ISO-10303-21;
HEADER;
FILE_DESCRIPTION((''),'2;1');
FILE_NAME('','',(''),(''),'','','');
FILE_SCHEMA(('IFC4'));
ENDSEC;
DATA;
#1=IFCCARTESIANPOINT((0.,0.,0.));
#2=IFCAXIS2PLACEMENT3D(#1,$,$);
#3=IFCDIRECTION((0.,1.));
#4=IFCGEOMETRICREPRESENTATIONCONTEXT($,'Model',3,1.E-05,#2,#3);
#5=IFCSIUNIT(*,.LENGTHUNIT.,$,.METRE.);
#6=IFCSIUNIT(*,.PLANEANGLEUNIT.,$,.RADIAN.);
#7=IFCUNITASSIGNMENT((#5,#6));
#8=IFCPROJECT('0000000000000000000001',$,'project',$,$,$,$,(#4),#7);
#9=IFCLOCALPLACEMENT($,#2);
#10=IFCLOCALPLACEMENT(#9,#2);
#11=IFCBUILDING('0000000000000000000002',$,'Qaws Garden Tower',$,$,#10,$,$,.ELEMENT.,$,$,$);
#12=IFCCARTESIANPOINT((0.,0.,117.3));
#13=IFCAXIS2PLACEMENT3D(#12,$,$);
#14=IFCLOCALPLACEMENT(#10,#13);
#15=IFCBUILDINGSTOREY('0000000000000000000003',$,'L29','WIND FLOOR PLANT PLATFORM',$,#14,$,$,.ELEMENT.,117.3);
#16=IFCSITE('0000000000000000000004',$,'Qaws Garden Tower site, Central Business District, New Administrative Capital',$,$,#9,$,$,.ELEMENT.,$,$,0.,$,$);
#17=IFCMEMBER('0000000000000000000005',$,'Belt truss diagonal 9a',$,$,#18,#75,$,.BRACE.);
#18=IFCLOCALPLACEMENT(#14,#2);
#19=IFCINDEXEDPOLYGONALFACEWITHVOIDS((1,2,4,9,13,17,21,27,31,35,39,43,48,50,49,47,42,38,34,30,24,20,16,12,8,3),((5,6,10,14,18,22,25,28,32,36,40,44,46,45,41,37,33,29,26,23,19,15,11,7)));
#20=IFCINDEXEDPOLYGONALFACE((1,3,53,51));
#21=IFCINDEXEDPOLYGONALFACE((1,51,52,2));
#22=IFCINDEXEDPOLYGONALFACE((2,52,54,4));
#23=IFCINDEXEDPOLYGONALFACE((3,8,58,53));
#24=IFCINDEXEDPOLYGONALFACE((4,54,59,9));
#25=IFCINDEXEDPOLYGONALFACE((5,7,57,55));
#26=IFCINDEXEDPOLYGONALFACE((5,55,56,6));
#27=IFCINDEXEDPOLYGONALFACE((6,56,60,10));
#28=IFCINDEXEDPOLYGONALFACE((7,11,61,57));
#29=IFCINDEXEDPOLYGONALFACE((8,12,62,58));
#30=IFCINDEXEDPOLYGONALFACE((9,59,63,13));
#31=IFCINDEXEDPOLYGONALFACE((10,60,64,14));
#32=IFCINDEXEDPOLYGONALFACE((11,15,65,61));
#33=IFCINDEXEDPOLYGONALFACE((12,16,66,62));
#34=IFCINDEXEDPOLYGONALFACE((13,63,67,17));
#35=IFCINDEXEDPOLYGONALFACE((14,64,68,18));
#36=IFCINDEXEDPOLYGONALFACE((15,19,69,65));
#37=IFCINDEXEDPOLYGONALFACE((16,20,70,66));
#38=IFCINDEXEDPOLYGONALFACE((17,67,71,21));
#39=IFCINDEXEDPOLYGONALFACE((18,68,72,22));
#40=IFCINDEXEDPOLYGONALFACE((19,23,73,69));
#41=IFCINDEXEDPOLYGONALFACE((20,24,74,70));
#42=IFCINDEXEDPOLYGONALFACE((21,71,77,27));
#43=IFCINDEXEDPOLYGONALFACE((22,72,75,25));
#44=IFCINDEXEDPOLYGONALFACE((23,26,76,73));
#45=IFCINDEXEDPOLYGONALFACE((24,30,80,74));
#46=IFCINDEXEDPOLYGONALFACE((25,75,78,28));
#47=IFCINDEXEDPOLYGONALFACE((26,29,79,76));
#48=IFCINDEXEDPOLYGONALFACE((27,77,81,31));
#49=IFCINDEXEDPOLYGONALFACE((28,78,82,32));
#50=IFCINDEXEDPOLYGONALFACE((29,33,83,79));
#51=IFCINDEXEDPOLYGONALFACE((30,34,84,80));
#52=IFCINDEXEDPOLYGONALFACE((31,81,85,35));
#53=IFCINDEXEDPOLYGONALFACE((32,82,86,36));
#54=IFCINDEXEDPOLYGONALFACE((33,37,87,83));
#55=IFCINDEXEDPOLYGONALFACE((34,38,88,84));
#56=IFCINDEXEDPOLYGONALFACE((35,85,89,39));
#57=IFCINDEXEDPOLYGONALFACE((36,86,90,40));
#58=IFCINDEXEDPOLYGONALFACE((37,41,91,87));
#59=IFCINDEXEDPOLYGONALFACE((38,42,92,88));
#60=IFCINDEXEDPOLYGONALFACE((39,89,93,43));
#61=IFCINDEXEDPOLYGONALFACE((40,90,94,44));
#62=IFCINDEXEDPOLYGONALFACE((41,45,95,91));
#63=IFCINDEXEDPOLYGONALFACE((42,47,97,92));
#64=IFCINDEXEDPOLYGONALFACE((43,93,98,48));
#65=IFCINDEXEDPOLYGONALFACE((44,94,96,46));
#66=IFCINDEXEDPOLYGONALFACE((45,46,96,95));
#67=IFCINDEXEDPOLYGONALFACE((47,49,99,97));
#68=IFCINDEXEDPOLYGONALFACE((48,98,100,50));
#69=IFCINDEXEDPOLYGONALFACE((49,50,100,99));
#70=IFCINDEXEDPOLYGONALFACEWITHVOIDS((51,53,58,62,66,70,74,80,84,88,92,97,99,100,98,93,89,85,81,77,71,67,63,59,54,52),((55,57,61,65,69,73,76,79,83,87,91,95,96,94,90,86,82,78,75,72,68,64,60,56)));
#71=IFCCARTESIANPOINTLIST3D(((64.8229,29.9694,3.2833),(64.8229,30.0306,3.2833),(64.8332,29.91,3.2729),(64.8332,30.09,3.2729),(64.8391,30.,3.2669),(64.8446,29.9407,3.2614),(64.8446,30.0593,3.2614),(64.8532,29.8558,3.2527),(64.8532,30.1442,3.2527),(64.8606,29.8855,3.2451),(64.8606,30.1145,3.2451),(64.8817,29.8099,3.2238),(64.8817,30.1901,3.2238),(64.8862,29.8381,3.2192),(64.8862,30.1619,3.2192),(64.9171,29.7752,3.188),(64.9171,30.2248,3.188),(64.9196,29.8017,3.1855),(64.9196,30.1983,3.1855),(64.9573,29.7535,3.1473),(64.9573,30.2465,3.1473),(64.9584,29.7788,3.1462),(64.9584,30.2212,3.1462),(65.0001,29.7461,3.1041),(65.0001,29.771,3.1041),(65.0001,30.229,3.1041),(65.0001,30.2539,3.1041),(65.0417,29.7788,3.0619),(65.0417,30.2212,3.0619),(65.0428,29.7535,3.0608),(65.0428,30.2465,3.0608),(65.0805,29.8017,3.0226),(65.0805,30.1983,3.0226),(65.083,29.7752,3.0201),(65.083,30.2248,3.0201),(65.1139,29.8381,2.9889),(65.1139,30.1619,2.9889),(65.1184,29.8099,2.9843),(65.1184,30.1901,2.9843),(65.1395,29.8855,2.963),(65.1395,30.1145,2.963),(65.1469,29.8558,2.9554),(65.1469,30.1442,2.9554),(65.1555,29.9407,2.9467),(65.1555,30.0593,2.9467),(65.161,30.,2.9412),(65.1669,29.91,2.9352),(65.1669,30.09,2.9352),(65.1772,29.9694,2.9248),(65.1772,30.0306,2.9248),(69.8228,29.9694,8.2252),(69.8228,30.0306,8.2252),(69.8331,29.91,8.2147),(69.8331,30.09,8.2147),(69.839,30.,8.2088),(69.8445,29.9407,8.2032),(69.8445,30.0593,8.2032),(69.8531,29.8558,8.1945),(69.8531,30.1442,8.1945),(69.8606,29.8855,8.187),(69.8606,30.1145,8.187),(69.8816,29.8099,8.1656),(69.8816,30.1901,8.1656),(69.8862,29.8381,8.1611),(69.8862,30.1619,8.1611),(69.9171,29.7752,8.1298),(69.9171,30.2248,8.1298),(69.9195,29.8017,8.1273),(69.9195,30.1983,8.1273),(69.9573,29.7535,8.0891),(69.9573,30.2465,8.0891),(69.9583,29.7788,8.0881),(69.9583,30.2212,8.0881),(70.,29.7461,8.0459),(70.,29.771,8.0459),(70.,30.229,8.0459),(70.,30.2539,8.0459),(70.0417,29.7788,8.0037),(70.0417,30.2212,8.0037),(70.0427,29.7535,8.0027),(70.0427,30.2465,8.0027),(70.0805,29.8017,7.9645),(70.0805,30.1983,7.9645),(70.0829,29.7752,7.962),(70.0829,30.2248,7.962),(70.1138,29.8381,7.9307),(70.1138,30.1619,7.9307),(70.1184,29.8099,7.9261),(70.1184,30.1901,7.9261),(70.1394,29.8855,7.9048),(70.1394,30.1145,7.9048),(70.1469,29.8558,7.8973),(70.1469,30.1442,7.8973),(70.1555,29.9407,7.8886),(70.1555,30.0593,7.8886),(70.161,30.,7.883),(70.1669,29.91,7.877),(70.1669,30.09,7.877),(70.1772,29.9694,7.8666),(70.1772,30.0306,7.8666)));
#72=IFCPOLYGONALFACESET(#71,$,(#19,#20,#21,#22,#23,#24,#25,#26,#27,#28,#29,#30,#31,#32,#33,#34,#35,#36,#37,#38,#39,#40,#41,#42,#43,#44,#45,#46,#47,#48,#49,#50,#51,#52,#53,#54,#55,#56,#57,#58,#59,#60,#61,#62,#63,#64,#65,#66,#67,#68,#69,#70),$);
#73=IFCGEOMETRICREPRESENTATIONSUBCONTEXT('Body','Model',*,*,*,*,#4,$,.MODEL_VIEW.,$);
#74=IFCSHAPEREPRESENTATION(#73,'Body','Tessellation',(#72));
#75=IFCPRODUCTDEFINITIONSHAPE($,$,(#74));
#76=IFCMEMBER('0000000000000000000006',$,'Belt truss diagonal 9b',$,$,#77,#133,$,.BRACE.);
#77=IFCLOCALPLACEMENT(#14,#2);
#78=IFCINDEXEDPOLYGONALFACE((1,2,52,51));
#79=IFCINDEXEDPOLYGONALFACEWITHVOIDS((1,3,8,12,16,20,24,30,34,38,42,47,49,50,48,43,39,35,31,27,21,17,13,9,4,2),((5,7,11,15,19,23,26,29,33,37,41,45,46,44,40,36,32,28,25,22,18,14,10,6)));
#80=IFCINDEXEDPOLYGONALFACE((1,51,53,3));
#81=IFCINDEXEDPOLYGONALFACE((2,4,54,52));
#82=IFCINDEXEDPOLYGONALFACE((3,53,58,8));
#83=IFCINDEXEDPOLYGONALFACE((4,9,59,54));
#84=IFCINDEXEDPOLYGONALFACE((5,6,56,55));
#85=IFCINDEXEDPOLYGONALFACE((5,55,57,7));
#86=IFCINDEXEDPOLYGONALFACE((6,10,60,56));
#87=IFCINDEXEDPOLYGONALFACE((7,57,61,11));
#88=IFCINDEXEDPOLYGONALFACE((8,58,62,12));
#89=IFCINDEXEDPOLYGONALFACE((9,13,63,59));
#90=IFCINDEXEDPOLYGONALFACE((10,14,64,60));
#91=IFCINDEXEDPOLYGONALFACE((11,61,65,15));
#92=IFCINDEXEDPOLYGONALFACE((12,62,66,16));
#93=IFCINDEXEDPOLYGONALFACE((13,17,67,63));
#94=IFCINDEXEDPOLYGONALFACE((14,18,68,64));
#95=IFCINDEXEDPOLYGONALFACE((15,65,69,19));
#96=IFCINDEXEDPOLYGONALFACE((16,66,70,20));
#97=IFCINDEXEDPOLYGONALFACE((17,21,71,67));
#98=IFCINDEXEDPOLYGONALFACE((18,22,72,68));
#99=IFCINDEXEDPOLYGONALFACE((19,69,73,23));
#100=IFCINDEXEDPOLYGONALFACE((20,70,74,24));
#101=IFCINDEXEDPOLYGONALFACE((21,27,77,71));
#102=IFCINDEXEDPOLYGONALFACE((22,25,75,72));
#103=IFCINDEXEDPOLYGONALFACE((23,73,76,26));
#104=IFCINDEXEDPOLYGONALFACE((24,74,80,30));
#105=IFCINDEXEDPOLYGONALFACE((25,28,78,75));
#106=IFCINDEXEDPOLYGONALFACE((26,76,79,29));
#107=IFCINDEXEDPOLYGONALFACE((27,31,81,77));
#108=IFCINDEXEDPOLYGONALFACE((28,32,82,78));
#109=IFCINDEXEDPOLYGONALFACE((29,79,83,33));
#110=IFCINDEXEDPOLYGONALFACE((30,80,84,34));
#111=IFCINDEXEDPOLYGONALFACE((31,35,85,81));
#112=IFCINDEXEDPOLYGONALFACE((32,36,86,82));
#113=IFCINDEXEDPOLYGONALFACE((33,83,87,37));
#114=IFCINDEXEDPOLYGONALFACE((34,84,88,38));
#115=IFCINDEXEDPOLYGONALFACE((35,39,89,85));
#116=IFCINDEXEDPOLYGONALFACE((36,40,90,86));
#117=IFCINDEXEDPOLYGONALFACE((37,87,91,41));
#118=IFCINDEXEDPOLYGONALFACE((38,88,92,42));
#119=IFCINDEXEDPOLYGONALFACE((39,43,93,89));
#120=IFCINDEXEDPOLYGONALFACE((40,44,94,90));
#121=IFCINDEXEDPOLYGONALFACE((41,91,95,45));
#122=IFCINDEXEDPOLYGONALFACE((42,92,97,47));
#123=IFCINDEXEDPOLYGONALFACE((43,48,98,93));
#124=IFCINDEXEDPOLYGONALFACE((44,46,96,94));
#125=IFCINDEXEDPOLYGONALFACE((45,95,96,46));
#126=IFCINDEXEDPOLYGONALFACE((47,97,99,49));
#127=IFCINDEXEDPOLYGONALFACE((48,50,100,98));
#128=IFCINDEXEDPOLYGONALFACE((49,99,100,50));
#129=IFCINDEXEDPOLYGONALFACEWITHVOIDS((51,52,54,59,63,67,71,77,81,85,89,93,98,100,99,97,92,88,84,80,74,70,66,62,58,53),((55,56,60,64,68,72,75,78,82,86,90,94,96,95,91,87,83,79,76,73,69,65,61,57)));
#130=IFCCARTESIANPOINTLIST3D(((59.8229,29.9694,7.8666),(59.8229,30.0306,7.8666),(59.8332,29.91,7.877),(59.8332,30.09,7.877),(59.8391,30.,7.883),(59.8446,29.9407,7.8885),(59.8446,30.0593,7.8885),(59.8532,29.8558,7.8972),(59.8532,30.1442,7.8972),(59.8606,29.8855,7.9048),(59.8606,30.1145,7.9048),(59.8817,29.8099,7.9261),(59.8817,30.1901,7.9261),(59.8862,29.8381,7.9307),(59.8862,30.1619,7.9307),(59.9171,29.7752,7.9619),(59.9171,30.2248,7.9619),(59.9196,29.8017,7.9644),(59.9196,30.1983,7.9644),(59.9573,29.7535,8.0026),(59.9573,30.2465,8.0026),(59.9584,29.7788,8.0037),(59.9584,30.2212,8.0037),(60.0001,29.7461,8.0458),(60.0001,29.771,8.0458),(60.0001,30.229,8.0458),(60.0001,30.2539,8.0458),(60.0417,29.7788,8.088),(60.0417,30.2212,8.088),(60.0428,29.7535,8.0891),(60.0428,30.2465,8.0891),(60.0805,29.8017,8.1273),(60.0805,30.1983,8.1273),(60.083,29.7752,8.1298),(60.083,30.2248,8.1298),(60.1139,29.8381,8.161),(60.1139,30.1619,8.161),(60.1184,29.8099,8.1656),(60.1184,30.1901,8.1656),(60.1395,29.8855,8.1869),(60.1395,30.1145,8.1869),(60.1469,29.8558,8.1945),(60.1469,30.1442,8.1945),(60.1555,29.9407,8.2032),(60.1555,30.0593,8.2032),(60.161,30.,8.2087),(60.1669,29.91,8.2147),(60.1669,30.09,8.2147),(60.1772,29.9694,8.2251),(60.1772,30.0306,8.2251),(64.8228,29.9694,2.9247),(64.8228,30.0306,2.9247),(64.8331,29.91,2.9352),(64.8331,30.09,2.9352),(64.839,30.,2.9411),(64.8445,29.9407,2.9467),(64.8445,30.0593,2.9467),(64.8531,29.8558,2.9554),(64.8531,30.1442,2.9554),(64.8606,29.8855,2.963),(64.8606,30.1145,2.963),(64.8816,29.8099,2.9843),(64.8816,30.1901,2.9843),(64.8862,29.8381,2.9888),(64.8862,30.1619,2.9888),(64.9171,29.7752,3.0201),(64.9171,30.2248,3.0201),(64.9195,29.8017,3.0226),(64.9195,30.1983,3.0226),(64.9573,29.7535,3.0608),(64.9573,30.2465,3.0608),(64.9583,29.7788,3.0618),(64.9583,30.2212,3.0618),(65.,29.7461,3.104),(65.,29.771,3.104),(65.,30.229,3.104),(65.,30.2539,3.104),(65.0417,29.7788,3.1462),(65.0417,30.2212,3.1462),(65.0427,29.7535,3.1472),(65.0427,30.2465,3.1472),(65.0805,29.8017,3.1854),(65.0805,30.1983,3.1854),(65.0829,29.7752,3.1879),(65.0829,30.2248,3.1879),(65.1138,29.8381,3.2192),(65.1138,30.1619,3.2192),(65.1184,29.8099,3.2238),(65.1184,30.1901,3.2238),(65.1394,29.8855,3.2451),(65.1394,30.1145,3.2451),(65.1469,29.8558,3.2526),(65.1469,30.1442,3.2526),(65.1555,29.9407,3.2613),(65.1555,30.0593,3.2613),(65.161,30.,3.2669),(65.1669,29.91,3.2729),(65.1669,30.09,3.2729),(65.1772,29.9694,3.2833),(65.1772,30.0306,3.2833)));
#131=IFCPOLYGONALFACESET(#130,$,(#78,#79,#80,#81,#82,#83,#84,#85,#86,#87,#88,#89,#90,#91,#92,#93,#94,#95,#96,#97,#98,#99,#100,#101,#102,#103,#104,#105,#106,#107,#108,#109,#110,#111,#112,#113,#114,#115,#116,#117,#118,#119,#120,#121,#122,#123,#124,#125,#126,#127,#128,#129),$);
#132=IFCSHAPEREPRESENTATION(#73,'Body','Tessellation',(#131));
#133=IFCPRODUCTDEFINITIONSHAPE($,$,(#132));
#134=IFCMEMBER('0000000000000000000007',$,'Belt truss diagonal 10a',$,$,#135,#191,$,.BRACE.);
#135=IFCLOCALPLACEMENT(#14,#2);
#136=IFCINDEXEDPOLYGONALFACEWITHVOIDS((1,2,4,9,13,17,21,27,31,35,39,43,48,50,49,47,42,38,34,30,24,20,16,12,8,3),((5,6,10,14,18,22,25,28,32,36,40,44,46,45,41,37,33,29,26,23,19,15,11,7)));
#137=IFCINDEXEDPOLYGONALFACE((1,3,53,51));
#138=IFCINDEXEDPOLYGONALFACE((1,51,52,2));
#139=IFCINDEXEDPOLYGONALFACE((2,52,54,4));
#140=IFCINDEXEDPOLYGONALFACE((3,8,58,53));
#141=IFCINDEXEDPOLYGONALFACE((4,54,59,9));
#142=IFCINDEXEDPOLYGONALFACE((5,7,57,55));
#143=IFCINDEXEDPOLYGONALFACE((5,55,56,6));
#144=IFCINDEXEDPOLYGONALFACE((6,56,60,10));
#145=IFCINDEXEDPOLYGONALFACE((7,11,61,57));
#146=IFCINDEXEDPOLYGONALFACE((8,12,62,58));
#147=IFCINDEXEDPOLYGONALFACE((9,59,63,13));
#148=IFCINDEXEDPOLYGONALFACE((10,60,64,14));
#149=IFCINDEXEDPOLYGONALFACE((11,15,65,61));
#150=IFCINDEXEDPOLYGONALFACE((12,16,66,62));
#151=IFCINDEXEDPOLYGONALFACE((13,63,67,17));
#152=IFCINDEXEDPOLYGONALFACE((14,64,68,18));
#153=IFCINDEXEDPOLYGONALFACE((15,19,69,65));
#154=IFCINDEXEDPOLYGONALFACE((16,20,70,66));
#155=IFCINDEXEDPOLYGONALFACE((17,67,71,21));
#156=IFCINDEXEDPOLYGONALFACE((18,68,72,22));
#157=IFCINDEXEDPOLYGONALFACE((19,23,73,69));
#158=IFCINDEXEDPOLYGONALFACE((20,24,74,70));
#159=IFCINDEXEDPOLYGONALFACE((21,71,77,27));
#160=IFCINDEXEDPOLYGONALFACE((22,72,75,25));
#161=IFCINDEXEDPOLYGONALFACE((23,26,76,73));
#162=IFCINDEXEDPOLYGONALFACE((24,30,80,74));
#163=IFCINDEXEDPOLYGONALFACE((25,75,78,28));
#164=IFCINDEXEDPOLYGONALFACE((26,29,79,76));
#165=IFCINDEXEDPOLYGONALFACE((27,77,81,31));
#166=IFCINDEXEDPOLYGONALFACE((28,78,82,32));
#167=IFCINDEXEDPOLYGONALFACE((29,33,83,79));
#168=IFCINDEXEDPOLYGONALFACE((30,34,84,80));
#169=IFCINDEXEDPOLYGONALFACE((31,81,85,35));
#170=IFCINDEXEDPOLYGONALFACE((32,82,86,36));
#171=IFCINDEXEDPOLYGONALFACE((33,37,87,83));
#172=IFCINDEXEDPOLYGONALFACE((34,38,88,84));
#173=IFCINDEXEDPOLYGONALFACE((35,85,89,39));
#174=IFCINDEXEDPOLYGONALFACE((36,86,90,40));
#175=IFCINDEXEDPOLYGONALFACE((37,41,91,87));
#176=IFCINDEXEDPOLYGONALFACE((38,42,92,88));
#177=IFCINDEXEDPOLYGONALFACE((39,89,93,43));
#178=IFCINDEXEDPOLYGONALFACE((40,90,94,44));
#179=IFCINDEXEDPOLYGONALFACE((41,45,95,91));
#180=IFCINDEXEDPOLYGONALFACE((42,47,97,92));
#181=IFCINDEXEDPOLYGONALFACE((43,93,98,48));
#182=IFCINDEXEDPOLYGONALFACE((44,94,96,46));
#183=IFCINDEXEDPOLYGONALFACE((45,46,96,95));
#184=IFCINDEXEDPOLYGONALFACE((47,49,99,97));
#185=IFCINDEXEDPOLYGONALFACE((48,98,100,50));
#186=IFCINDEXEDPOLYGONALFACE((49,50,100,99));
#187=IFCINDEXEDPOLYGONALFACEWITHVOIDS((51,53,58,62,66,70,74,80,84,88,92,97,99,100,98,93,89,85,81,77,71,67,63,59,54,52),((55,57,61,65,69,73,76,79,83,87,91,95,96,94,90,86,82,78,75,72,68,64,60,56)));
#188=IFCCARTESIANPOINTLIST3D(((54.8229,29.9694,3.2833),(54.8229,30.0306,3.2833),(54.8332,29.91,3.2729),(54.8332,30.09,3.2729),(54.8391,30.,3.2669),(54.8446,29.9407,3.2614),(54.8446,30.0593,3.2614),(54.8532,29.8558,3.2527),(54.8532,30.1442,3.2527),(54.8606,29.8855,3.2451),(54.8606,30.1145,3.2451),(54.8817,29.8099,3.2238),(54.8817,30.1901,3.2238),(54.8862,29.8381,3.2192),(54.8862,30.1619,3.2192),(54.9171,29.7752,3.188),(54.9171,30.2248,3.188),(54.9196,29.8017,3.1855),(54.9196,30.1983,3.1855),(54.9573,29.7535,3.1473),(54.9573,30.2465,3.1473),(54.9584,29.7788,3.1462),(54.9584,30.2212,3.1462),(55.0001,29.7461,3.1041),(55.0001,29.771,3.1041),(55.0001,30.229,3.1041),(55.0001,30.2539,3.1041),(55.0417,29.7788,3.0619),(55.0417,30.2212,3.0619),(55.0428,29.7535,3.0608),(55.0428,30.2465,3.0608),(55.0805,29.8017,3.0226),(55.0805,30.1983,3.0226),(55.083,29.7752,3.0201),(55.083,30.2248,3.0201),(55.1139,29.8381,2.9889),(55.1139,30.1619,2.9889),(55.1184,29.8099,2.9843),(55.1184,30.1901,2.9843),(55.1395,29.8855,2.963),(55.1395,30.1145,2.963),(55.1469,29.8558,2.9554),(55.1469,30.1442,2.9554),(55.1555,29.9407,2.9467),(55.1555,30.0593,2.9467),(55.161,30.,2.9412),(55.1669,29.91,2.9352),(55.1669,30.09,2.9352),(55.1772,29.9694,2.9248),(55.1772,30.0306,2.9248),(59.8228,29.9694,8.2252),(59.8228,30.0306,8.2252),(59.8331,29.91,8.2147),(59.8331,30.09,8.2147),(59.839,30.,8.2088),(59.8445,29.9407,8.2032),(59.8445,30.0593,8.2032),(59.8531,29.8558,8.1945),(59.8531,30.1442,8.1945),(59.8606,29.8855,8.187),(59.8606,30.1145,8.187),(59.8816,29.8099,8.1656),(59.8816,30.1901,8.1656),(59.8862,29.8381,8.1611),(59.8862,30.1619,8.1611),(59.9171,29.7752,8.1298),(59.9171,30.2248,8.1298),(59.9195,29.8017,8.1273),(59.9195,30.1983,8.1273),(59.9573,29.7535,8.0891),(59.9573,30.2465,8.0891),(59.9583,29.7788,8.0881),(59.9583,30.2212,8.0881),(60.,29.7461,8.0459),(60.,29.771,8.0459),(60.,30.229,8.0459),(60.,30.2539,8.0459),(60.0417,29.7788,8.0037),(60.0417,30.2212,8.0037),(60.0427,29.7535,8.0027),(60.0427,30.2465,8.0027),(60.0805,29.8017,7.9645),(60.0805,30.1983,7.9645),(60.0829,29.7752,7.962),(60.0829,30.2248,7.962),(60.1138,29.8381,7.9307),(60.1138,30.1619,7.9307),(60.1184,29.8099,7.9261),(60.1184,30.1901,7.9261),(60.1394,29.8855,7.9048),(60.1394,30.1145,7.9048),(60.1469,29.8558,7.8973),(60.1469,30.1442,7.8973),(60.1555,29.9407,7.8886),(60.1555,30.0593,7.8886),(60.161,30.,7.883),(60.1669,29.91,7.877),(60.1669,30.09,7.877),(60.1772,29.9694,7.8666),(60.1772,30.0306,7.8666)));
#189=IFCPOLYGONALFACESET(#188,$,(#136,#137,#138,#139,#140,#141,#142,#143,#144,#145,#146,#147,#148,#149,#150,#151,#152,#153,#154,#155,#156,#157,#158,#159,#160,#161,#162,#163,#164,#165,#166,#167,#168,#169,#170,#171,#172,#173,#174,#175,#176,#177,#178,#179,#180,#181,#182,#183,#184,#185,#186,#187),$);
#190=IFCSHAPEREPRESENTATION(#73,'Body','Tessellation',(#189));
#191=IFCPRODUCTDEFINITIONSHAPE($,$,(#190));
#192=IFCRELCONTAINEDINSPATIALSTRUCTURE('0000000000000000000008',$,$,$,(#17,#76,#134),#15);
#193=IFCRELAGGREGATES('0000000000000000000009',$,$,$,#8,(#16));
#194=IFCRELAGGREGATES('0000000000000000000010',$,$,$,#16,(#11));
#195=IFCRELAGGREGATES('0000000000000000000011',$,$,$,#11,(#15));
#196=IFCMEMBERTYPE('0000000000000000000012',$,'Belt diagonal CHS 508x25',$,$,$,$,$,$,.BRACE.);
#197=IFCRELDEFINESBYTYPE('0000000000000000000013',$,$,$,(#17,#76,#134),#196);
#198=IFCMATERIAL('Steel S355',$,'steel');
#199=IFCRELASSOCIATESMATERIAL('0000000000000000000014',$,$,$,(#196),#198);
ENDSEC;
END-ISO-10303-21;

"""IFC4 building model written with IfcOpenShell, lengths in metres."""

from ifc_helpers import new_model, si_unit, direction, frame, origin, origin_2d, place, context, subcontext, project, spatial, hollow_circle, extrude, material, material_profile, profile_set, type_object, element, save


model = new_model("IFC4")

# Units and contexts
model_context = context("Model", 3, precision=1e-05, world=origin(), true_north=direction((0.0, 1.0)))
body_context = subcontext(model_context, "Body", "Model", "MODEL_VIEW")
ifc_project = project(units=[si_unit("LENGTHUNIT", "METRE"), si_unit("PLANEANGLEUNIT", "RADIAN")], contexts=[model_context])

# Site, building, storey
site_placement = place(None, origin())
site = spatial("IfcSite", under=ifc_project, at=site_placement, Name="Qaws Garden Tower site, Central Business District, New Administrative Capital", CompositionType="ELEMENT", RefElevation=0.0)
building_placement = place(site_placement, origin())
building = spatial("IfcBuilding", under=site, at=building_placement, Name="Qaws Garden Tower", CompositionType="ELEMENT")
storey_placement = place(building_placement, frame((0.0, 0.0, 117.3)))
storey = spatial("IfcBuildingStorey", under=building, at=storey_placement, Name="L29", Description="WIND FLOOR PLANT PLATFORM", CompositionType="ELEMENT", Elevation=117.3)

# Members
ifc_material_1 = material(Name="Steel S355", Category="steel")
ifc_material_profile_1 = material_profile(ifc_material_1, hollow_circle(Radius=0.2539, WallThickness=0.0249, at=origin_2d()), Name="CHS 508x25")
ifc_profile_set_1 = profile_set([ifc_material_profile_1], Name="Steel S355")
member_type_1 = type_object("IfcMemberType", Name="Belt diagonal CHS 508x25", PredefinedType="BRACE", material=ifc_profile_set_1)
for number, where, z_axis, x_axis, name in (
    (1, (70.0, 30.0, 8.0459), (-0.711227, 0.0, -0.702962), (0.0, -1.0, 0.0), "Belt truss diagonal 9a"),
    (2, (65.0, 30.0, 3.104), (-0.711227, 0.0, 0.702962), (0.0, -1.0, 0.0), "Belt truss diagonal 9b"),
    (3, (60.0, 30.0, 8.0459), (-0.711227, 0.0, -0.702962), (0.0, -1.0, 0.0), "Belt truss diagonal 10a"),
):
    element("IfcMember", number, at=place(storey_placement, frame(where, z_axis=z_axis, x_axis=x_axis)), inside=storey, type_object=member_type_1, Name=name, PredefinedType="BRACE", context=body_context, shape_type="SweptSolid", body=[
        extrude(hollow_circle(Radius=0.2539, WallThickness=0.0249, at=origin_2d()), origin(), (0.0, 0.0, 1.0), 7.03),
    ])

save(model, "model.ifc")
